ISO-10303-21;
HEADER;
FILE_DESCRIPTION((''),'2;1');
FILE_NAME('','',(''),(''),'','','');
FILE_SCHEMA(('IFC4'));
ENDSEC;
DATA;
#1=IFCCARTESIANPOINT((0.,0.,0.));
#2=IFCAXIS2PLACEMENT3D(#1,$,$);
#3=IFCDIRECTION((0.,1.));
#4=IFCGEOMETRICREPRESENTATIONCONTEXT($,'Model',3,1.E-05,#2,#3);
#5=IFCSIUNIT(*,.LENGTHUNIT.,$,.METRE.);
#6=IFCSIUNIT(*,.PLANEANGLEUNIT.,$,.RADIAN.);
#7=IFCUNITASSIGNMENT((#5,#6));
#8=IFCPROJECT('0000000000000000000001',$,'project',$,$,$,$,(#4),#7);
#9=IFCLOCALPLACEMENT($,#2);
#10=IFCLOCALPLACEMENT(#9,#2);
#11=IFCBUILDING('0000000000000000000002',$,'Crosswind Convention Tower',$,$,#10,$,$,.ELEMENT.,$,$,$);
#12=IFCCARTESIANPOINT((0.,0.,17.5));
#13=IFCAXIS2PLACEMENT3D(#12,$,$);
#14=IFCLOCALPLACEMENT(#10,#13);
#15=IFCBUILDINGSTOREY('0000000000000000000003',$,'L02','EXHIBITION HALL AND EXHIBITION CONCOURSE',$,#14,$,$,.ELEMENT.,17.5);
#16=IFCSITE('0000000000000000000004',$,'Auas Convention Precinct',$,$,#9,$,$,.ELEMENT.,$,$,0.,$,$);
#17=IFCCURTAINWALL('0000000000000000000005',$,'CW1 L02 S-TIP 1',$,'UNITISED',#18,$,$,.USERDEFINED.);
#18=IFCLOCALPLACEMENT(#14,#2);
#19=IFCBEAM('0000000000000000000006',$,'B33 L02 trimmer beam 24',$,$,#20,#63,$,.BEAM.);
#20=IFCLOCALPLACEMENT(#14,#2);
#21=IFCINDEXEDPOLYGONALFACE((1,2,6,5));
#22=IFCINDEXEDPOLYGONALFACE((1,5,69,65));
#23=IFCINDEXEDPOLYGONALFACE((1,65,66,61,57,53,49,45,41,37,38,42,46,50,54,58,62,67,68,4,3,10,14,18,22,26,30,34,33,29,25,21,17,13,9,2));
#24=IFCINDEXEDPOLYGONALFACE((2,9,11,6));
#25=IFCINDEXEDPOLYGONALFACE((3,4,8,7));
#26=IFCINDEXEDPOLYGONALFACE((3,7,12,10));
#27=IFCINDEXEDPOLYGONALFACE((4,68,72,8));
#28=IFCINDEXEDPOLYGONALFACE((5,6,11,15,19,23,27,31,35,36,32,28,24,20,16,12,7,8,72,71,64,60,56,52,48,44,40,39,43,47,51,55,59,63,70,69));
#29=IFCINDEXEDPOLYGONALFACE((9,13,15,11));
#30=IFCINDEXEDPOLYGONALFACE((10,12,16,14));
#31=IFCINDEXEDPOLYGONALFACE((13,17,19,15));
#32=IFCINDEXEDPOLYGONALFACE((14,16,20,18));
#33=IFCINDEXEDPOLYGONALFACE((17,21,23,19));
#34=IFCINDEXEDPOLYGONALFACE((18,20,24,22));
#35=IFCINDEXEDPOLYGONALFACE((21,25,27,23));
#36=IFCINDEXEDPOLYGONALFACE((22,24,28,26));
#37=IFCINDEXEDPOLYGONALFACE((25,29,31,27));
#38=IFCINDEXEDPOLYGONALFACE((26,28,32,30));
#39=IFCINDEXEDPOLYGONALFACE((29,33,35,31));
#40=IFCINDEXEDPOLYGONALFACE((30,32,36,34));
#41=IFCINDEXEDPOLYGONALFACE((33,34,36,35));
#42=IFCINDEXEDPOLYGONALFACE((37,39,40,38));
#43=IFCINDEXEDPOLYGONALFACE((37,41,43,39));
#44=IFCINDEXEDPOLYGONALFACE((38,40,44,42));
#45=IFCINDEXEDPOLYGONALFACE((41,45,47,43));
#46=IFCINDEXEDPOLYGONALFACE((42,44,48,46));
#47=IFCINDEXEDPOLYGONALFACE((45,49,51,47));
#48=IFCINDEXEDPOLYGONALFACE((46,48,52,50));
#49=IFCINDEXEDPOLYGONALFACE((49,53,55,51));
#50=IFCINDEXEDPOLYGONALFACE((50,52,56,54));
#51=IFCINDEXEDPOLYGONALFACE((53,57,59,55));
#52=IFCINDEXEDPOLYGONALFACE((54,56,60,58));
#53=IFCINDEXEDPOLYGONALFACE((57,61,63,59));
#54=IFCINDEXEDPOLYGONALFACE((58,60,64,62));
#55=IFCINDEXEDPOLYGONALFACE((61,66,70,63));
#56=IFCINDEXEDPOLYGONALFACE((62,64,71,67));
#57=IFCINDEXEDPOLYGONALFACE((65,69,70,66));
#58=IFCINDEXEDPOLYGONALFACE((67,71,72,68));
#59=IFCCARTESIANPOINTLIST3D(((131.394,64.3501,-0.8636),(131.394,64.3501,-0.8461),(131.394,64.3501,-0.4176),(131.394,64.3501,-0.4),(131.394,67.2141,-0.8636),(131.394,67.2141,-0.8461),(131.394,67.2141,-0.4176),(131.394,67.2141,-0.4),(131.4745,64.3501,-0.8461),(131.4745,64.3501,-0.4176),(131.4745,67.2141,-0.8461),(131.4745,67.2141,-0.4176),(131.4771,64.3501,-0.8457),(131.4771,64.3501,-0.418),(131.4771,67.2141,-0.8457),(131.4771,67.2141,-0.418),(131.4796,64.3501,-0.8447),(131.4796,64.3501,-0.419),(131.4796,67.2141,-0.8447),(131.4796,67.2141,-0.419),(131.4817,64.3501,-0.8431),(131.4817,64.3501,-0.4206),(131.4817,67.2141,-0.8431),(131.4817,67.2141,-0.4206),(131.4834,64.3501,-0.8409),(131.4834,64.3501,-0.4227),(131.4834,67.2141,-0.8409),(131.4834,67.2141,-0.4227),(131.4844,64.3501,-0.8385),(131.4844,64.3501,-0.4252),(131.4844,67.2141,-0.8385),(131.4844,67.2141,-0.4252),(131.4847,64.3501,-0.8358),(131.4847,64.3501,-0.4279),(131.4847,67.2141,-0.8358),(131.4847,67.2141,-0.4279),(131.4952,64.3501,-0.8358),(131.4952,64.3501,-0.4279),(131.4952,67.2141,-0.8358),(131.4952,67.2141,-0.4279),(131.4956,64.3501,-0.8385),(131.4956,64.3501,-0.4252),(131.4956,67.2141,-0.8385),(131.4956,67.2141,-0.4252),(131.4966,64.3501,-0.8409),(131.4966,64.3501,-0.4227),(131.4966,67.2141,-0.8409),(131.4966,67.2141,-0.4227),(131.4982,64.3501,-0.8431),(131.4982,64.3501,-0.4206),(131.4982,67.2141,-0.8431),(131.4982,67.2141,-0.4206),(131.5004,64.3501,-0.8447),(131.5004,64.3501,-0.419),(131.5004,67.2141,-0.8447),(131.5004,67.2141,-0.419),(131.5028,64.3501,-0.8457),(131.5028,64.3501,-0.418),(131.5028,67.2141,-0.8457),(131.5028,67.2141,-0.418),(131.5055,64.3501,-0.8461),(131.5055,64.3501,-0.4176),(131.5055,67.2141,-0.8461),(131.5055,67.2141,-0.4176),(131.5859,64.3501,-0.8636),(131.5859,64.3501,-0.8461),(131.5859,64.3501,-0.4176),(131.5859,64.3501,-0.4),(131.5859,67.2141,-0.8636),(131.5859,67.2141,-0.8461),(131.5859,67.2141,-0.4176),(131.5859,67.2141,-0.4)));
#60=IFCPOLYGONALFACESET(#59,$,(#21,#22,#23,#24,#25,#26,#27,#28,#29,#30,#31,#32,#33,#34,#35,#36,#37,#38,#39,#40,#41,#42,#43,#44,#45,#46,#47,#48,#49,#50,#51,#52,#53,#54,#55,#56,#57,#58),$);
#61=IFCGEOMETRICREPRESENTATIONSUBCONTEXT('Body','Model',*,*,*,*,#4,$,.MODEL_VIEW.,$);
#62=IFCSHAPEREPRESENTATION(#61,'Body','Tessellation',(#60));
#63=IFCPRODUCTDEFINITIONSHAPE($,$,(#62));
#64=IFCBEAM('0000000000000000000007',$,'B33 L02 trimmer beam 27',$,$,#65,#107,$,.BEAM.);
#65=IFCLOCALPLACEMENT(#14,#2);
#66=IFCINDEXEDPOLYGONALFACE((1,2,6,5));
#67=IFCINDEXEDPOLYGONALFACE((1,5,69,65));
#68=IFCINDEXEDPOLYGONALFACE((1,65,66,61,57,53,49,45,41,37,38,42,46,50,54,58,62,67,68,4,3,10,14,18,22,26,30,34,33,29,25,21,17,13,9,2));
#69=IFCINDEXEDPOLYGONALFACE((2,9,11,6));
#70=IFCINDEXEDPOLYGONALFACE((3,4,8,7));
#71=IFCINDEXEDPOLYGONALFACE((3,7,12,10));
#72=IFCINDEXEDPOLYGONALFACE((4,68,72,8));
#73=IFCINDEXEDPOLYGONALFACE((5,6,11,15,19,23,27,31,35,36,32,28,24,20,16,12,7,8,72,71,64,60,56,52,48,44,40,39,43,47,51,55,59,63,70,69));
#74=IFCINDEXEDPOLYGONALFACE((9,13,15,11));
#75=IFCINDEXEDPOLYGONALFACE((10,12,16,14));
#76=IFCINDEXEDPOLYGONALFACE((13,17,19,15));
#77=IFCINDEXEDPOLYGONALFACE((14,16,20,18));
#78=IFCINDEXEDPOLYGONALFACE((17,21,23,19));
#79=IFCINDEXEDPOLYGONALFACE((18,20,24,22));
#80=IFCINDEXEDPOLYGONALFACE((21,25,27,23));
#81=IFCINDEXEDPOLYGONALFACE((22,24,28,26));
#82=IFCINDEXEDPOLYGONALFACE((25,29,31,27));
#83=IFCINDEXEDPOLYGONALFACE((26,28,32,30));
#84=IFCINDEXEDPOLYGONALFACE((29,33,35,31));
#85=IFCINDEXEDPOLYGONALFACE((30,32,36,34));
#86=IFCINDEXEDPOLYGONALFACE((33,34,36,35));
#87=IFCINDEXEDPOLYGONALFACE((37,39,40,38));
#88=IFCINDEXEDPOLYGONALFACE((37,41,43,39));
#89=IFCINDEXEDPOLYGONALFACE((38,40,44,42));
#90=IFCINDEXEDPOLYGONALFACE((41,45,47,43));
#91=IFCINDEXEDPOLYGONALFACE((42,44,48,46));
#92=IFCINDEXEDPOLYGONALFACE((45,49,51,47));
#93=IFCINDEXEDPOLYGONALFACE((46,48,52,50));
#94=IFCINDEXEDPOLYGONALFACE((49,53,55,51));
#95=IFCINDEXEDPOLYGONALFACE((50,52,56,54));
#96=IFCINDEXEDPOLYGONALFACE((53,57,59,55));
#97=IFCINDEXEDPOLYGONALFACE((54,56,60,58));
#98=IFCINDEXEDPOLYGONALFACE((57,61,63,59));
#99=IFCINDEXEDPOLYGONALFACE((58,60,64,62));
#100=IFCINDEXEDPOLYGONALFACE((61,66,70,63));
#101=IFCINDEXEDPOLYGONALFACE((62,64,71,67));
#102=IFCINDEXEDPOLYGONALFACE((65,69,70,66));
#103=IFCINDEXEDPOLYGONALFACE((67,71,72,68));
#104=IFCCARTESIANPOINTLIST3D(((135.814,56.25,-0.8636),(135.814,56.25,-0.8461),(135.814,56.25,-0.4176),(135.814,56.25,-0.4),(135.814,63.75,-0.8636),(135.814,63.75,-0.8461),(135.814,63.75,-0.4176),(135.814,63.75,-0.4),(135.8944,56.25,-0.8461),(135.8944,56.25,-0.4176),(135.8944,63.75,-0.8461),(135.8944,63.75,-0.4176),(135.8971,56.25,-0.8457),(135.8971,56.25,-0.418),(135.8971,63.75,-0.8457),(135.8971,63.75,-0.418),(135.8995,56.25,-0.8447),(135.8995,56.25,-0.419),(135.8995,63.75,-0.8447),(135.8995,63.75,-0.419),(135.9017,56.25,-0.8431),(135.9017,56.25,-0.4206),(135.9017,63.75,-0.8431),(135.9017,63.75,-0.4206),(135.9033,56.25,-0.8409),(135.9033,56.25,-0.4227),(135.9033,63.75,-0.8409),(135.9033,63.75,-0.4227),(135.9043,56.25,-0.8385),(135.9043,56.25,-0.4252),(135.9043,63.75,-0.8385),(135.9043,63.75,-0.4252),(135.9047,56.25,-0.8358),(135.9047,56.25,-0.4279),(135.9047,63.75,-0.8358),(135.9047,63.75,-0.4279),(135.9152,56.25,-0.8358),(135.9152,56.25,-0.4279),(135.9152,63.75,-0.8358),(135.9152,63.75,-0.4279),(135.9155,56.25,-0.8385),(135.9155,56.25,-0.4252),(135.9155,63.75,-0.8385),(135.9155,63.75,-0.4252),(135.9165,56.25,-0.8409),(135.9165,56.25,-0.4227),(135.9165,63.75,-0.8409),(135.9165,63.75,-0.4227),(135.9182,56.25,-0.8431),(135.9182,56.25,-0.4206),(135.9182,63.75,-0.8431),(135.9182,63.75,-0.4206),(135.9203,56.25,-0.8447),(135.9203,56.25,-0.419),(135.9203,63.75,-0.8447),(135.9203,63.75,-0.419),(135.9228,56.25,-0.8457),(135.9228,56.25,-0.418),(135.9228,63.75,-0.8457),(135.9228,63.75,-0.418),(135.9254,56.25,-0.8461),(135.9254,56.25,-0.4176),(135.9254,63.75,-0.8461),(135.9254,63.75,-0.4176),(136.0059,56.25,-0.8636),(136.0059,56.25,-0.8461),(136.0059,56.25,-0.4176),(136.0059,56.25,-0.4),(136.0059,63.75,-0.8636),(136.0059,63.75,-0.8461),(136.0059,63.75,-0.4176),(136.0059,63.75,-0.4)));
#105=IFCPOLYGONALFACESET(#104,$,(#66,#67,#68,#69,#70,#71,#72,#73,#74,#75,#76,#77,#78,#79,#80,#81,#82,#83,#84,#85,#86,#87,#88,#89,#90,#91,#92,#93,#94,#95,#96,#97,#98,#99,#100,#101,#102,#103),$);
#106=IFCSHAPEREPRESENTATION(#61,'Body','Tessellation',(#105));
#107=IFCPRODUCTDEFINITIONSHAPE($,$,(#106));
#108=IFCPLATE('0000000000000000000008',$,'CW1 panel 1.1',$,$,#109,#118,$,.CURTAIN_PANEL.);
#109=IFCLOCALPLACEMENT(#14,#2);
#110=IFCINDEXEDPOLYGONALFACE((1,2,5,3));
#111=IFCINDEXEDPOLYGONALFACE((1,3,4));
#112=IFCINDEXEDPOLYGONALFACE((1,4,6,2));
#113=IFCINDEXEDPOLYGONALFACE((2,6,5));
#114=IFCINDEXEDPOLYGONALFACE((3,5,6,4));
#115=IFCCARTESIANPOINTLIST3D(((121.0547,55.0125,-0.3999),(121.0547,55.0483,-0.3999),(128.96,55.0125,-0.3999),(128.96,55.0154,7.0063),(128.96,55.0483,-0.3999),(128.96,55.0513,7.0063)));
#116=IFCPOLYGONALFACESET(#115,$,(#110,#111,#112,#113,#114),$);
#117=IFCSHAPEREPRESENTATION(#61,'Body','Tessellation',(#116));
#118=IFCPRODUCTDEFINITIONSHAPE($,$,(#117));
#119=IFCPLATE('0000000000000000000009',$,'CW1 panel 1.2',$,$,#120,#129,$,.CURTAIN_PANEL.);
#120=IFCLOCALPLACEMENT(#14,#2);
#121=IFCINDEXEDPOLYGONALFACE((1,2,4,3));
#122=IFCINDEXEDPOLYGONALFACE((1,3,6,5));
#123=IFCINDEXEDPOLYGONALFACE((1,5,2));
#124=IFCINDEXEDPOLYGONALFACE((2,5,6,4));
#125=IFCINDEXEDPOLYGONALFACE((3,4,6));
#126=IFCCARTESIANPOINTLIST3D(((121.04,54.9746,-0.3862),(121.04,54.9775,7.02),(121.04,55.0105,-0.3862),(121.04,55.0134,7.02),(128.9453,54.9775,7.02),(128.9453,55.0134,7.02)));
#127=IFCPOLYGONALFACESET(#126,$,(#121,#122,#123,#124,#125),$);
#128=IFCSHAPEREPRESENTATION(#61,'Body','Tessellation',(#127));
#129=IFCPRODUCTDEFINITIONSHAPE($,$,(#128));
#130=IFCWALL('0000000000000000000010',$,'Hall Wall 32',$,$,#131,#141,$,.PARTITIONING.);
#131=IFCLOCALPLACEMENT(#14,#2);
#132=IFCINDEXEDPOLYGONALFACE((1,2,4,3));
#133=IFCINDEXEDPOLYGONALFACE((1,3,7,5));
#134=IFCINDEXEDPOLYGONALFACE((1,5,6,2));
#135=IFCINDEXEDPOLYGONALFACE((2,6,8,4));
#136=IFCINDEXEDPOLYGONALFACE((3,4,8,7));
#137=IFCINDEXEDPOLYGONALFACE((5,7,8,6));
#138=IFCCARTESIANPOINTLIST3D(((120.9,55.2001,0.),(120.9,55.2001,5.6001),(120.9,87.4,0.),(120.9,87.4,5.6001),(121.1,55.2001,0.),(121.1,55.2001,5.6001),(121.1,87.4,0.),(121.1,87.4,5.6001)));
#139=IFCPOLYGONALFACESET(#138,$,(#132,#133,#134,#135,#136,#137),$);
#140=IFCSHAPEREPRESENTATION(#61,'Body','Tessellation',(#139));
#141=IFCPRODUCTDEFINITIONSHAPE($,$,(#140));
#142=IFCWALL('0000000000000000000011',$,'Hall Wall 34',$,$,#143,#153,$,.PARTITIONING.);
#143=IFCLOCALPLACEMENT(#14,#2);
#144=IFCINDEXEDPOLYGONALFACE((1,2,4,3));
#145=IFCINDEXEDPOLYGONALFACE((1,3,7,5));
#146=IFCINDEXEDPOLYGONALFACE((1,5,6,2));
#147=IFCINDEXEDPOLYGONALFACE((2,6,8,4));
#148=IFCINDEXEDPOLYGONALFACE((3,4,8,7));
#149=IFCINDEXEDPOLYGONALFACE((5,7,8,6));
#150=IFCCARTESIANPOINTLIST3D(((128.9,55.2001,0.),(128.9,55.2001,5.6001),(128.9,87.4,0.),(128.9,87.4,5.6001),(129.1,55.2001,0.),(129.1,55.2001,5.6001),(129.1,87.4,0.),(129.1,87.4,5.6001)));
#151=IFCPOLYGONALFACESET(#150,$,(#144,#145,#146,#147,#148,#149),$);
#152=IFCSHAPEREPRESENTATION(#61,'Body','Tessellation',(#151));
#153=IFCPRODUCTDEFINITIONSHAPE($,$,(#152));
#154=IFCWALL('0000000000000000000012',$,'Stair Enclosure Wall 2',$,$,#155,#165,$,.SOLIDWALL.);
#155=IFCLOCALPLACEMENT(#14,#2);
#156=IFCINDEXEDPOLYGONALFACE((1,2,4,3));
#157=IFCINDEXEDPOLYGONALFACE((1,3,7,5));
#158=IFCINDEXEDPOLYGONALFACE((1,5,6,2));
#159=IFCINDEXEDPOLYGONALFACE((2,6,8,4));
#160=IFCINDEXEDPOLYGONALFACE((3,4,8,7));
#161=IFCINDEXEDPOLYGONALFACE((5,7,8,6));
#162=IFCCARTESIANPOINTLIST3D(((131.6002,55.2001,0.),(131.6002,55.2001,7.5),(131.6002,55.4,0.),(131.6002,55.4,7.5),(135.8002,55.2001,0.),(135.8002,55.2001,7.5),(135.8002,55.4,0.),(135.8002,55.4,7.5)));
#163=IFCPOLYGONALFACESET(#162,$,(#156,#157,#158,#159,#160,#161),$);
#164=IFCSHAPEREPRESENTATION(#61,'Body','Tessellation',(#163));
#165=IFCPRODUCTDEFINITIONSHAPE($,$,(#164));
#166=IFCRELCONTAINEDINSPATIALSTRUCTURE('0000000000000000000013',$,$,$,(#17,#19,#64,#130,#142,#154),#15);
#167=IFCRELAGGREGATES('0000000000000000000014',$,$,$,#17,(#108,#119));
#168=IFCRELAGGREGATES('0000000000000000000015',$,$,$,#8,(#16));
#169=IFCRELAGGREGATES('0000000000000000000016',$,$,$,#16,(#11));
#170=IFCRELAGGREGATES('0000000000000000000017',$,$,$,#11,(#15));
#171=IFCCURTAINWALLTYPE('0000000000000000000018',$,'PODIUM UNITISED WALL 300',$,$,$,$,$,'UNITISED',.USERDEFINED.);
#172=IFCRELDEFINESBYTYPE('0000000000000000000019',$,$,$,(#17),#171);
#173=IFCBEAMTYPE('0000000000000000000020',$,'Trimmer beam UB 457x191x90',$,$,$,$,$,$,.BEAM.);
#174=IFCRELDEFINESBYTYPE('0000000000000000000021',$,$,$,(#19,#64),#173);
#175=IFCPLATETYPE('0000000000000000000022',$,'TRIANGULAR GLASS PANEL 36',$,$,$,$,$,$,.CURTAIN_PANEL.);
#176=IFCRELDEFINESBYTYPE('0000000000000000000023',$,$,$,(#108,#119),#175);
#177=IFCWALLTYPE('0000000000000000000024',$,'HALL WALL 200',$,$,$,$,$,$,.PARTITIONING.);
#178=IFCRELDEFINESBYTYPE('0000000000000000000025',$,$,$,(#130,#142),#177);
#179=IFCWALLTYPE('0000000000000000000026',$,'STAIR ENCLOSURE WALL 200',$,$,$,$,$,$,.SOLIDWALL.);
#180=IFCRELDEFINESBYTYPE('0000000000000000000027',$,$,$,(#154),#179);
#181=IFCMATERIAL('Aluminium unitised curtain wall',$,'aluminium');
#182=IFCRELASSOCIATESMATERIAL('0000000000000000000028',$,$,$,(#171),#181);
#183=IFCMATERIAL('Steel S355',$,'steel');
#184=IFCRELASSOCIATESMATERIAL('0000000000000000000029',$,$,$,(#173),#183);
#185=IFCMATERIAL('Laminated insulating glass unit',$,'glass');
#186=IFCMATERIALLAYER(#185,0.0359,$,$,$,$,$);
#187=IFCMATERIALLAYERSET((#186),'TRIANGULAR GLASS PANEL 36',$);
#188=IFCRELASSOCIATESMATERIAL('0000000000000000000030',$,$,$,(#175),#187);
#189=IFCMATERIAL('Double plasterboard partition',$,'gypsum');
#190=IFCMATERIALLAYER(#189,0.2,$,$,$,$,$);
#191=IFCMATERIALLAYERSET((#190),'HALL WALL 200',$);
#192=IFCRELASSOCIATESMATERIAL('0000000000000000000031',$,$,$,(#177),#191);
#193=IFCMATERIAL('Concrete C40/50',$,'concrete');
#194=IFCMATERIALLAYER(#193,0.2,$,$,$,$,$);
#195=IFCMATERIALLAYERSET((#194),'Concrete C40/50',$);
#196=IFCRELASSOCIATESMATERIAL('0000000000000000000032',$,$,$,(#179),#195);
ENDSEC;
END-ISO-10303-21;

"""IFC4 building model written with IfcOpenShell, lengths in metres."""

from ifc_helpers import new_model, si_unit, direction, frame, frame_2d, origin, origin_2d, place, context, subcontext, project, spatial, polyline, rectangle, i_section, outline, extrude, material, layer, layer_set, material_profile, profile_set, type_object, element, aggregate, save


model = new_model("IFC4")

# Units and contexts
model_context = context("Model", 3, precision=1e-05, world=origin(), true_north=direction((0.0, 1.0)))
body_context = subcontext(model_context, "Body", "Model", "MODEL_VIEW")
ifc_project = project(units=[si_unit("LENGTHUNIT", "METRE"), si_unit("PLANEANGLEUNIT", "RADIAN")], contexts=[model_context])

# Site, building, storey
site_placement = place(None, origin())
site = spatial("IfcSite", under=ifc_project, at=site_placement, Name="Auas Convention Precinct", CompositionType="ELEMENT", RefElevation=0.0)
building_placement = place(site_placement, origin())
building = spatial("IfcBuilding", under=site, at=building_placement, Name="Crosswind Convention Tower", CompositionType="ELEMENT")
storey_placement = place(building_placement, frame((0.0, 0.0, 17.5)))
storey = spatial("IfcBuildingStorey", under=building, at=storey_placement, Name="L02", Description="EXHIBITION HALL AND EXHIBITION CONCOURSE", CompositionType="ELEMENT", Elevation=17.5)

# Shared definitions
ifc_material_1 = material(Name="Steel S355", Category="steel")

# Curtain wall
ifc_material_2 = material(Name="Aluminium unitised curtain wall", Category="aluminium")
curtain_wall_type = type_object("IfcCurtainWallType", Name="PODIUM UNITISED WALL 300", ElementType="UNITISED", PredefinedType="USERDEFINED", material=ifc_material_2)
curtain_wall_placement = place(storey_placement, origin())
curtain_wall = element("IfcCurtainWall", 1, at=curtain_wall_placement, inside=storey, type_object=curtain_wall_type, Name="CW1 L02 S-TIP 1", ObjectType="UNITISED", PredefinedType="USERDEFINED")

# Beams
ifc_material_profile_1 = material_profile(ifc_material_1, i_section(OverallWidth=0.1919, OverallDepth=0.4636, WebThickness=0.0105, FlangeThickness=0.0176, FilletRadius=0.0103, at=origin_2d()), Name="UB 457x191x90")
ifc_profile_set_1 = profile_set([ifc_material_profile_1], Name="Steel S355")
beam_type_1 = type_object("IfcBeamType", Name="Trimmer beam UB 457x191x90", PredefinedType="BEAM", material=ifc_profile_set_1)
beam_1_placement = place(storey_placement, frame((131.49, 67.2141, -0.6318), z_axis=(0.0, -1.0, 0.0), x_axis=(1.0, 0.0, 0.0)))
element("IfcBeam", 2, at=beam_1_placement, inside=storey, type_object=beam_type_1, Name="B33 L02 trimmer beam 24", PredefinedType="BEAM", context=body_context, shape_type="SweptSolid", body=[
    extrude(i_section(OverallWidth=0.1919, OverallDepth=0.4636, WebThickness=0.0105, FlangeThickness=0.0176, FilletRadius=0.0103, at=origin_2d()), origin(), (0.0, 0.0, 1.0), 2.864),
])
beam_2_placement = place(storey_placement, frame((135.9099, 63.75, -0.6318), z_axis=(0.0, -1.0, 0.0), x_axis=(1.0, 0.0, 0.0)))
element("IfcBeam", 3, at=beam_2_placement, inside=storey, type_object=beam_type_1, Name="B33 L02 trimmer beam 27", PredefinedType="BEAM", context=body_context, shape_type="SweptSolid", body=[
    extrude(i_section(OverallWidth=0.1919, OverallDepth=0.4636, WebThickness=0.0105, FlangeThickness=0.0176, FilletRadius=0.0103, at=origin_2d()), origin(), (0.0, 0.0, 1.0), 7.5),
])

# Plates
ifc_material_3 = material(Name="Laminated insulating glass unit", Category="glass")
ifc_layer_1 = layer(ifc_material_3, 0.0359)
ifc_layer_set_1 = layer_set([ifc_layer_1], Name="TRIANGULAR GLASS PANEL 36")
plate_type = type_object("IfcPlateType", Name="TRIANGULAR GLASS PANEL 36", PredefinedType="CURTAIN_PANEL", material=ifc_layer_set_1)
plate_1_placement = place(storey_placement, frame((128.96, 55.0125, -0.3999), z_axis=(0.0, -1.0, 0.000396), x_axis=(0.0, 0.000396, 1.0)))
plate_1 = element("IfcPlate", 4, at=plate_1_placement, type_object=plate_type, Name="CW1 panel 1.1", PredefinedType="CURTAIN_PANEL", context=body_context, shape_type="SweptSolid", body=[
    extrude(outline(polyline([(0.0, 0.0), (7.4063, 0.0), (0.0, 7.9053), (0.0, 0.0)])), origin(), (0.0, 0.0, -1.0), 0.0359),
])
plate_2_placement = place(storey_placement, frame((121.04, 54.9775, 7.02), z_axis=(0.0, -1.0, 0.000396), x_axis=(0.0, -0.000396, -1.0)))
plate_2 = element("IfcPlate", 5, at=plate_2_placement, type_object=plate_type, Name="CW1 panel 1.2", PredefinedType="CURTAIN_PANEL", context=body_context, shape_type="SweptSolid", body=[
    extrude(outline(polyline([(0.0, 0.0), (7.4063, 0.0), (0.0, 7.9053), (0.0, 0.0)])), origin(), (0.0, 0.0, -1.0), 0.0359),
])

# Walls
ifc_material_4 = material(Name="Double plasterboard partition", Category="gypsum")
ifc_layer_2 = layer(ifc_material_4, 0.2)
ifc_layer_set_2 = layer_set([ifc_layer_2], Name="HALL WALL 200")
wall_type_1 = type_object("IfcWallType", Name="HALL WALL 200", PredefinedType="PARTITIONING", material=ifc_layer_set_2)
for number, where, z_axis, x_axis, name in (
    (6, (121.0, 55.2, 0.0), (0.0, 0.0, 1.0), (0.0, 1.0, 0.0), "Hall Wall 32"),
    (7, (129.0, 55.2, 0.0), (0.0, 0.0, 1.0), (0.0, 1.0, 0.0), "Hall Wall 34"),
):
    element("IfcWall", number, at=place(storey_placement, frame(where, z_axis=z_axis, x_axis=x_axis)), inside=storey, type_object=wall_type_1, Name=name, PredefinedType="PARTITIONING", context=body_context, shape_type="SweptSolid", body=[
        extrude(rectangle(XDim=32.2, YDim=0.2, at=frame_2d((16.1001, 0.0))), origin(), (0.0, 0.0, 1.0), 5.6001),
    ])
ifc_material_5 = material(Name="Concrete C40/50", Category="concrete")
ifc_layer_3 = layer(ifc_material_5, 0.2)
ifc_layer_set_3 = layer_set([ifc_layer_3], Name="Concrete C40/50")
wall_type_2 = type_object("IfcWallType", Name="STAIR ENCLOSURE WALL 200", PredefinedType="SOLIDWALL", material=ifc_layer_set_3)
wall_1_placement = place(storey_placement, frame((131.6001, 55.3, 0.0), z_axis=(0.0, 0.0, 1.0), x_axis=(1.0, 0.0, 0.0)))
element("IfcWall", 8, at=wall_1_placement, inside=storey, type_object=wall_type_2, Name="Stair Enclosure Wall 2", PredefinedType="SOLIDWALL", context=body_context, shape_type="SweptSolid", body=[
    extrude(rectangle(XDim=4.2, YDim=0.2, at=frame_2d((2.1001, 0.0))), origin(), (0.0, 0.0, 1.0), 7.5),
])

aggregate(curtain_wall, [plate_1, plate_2])

save(model, "model.ifc")
